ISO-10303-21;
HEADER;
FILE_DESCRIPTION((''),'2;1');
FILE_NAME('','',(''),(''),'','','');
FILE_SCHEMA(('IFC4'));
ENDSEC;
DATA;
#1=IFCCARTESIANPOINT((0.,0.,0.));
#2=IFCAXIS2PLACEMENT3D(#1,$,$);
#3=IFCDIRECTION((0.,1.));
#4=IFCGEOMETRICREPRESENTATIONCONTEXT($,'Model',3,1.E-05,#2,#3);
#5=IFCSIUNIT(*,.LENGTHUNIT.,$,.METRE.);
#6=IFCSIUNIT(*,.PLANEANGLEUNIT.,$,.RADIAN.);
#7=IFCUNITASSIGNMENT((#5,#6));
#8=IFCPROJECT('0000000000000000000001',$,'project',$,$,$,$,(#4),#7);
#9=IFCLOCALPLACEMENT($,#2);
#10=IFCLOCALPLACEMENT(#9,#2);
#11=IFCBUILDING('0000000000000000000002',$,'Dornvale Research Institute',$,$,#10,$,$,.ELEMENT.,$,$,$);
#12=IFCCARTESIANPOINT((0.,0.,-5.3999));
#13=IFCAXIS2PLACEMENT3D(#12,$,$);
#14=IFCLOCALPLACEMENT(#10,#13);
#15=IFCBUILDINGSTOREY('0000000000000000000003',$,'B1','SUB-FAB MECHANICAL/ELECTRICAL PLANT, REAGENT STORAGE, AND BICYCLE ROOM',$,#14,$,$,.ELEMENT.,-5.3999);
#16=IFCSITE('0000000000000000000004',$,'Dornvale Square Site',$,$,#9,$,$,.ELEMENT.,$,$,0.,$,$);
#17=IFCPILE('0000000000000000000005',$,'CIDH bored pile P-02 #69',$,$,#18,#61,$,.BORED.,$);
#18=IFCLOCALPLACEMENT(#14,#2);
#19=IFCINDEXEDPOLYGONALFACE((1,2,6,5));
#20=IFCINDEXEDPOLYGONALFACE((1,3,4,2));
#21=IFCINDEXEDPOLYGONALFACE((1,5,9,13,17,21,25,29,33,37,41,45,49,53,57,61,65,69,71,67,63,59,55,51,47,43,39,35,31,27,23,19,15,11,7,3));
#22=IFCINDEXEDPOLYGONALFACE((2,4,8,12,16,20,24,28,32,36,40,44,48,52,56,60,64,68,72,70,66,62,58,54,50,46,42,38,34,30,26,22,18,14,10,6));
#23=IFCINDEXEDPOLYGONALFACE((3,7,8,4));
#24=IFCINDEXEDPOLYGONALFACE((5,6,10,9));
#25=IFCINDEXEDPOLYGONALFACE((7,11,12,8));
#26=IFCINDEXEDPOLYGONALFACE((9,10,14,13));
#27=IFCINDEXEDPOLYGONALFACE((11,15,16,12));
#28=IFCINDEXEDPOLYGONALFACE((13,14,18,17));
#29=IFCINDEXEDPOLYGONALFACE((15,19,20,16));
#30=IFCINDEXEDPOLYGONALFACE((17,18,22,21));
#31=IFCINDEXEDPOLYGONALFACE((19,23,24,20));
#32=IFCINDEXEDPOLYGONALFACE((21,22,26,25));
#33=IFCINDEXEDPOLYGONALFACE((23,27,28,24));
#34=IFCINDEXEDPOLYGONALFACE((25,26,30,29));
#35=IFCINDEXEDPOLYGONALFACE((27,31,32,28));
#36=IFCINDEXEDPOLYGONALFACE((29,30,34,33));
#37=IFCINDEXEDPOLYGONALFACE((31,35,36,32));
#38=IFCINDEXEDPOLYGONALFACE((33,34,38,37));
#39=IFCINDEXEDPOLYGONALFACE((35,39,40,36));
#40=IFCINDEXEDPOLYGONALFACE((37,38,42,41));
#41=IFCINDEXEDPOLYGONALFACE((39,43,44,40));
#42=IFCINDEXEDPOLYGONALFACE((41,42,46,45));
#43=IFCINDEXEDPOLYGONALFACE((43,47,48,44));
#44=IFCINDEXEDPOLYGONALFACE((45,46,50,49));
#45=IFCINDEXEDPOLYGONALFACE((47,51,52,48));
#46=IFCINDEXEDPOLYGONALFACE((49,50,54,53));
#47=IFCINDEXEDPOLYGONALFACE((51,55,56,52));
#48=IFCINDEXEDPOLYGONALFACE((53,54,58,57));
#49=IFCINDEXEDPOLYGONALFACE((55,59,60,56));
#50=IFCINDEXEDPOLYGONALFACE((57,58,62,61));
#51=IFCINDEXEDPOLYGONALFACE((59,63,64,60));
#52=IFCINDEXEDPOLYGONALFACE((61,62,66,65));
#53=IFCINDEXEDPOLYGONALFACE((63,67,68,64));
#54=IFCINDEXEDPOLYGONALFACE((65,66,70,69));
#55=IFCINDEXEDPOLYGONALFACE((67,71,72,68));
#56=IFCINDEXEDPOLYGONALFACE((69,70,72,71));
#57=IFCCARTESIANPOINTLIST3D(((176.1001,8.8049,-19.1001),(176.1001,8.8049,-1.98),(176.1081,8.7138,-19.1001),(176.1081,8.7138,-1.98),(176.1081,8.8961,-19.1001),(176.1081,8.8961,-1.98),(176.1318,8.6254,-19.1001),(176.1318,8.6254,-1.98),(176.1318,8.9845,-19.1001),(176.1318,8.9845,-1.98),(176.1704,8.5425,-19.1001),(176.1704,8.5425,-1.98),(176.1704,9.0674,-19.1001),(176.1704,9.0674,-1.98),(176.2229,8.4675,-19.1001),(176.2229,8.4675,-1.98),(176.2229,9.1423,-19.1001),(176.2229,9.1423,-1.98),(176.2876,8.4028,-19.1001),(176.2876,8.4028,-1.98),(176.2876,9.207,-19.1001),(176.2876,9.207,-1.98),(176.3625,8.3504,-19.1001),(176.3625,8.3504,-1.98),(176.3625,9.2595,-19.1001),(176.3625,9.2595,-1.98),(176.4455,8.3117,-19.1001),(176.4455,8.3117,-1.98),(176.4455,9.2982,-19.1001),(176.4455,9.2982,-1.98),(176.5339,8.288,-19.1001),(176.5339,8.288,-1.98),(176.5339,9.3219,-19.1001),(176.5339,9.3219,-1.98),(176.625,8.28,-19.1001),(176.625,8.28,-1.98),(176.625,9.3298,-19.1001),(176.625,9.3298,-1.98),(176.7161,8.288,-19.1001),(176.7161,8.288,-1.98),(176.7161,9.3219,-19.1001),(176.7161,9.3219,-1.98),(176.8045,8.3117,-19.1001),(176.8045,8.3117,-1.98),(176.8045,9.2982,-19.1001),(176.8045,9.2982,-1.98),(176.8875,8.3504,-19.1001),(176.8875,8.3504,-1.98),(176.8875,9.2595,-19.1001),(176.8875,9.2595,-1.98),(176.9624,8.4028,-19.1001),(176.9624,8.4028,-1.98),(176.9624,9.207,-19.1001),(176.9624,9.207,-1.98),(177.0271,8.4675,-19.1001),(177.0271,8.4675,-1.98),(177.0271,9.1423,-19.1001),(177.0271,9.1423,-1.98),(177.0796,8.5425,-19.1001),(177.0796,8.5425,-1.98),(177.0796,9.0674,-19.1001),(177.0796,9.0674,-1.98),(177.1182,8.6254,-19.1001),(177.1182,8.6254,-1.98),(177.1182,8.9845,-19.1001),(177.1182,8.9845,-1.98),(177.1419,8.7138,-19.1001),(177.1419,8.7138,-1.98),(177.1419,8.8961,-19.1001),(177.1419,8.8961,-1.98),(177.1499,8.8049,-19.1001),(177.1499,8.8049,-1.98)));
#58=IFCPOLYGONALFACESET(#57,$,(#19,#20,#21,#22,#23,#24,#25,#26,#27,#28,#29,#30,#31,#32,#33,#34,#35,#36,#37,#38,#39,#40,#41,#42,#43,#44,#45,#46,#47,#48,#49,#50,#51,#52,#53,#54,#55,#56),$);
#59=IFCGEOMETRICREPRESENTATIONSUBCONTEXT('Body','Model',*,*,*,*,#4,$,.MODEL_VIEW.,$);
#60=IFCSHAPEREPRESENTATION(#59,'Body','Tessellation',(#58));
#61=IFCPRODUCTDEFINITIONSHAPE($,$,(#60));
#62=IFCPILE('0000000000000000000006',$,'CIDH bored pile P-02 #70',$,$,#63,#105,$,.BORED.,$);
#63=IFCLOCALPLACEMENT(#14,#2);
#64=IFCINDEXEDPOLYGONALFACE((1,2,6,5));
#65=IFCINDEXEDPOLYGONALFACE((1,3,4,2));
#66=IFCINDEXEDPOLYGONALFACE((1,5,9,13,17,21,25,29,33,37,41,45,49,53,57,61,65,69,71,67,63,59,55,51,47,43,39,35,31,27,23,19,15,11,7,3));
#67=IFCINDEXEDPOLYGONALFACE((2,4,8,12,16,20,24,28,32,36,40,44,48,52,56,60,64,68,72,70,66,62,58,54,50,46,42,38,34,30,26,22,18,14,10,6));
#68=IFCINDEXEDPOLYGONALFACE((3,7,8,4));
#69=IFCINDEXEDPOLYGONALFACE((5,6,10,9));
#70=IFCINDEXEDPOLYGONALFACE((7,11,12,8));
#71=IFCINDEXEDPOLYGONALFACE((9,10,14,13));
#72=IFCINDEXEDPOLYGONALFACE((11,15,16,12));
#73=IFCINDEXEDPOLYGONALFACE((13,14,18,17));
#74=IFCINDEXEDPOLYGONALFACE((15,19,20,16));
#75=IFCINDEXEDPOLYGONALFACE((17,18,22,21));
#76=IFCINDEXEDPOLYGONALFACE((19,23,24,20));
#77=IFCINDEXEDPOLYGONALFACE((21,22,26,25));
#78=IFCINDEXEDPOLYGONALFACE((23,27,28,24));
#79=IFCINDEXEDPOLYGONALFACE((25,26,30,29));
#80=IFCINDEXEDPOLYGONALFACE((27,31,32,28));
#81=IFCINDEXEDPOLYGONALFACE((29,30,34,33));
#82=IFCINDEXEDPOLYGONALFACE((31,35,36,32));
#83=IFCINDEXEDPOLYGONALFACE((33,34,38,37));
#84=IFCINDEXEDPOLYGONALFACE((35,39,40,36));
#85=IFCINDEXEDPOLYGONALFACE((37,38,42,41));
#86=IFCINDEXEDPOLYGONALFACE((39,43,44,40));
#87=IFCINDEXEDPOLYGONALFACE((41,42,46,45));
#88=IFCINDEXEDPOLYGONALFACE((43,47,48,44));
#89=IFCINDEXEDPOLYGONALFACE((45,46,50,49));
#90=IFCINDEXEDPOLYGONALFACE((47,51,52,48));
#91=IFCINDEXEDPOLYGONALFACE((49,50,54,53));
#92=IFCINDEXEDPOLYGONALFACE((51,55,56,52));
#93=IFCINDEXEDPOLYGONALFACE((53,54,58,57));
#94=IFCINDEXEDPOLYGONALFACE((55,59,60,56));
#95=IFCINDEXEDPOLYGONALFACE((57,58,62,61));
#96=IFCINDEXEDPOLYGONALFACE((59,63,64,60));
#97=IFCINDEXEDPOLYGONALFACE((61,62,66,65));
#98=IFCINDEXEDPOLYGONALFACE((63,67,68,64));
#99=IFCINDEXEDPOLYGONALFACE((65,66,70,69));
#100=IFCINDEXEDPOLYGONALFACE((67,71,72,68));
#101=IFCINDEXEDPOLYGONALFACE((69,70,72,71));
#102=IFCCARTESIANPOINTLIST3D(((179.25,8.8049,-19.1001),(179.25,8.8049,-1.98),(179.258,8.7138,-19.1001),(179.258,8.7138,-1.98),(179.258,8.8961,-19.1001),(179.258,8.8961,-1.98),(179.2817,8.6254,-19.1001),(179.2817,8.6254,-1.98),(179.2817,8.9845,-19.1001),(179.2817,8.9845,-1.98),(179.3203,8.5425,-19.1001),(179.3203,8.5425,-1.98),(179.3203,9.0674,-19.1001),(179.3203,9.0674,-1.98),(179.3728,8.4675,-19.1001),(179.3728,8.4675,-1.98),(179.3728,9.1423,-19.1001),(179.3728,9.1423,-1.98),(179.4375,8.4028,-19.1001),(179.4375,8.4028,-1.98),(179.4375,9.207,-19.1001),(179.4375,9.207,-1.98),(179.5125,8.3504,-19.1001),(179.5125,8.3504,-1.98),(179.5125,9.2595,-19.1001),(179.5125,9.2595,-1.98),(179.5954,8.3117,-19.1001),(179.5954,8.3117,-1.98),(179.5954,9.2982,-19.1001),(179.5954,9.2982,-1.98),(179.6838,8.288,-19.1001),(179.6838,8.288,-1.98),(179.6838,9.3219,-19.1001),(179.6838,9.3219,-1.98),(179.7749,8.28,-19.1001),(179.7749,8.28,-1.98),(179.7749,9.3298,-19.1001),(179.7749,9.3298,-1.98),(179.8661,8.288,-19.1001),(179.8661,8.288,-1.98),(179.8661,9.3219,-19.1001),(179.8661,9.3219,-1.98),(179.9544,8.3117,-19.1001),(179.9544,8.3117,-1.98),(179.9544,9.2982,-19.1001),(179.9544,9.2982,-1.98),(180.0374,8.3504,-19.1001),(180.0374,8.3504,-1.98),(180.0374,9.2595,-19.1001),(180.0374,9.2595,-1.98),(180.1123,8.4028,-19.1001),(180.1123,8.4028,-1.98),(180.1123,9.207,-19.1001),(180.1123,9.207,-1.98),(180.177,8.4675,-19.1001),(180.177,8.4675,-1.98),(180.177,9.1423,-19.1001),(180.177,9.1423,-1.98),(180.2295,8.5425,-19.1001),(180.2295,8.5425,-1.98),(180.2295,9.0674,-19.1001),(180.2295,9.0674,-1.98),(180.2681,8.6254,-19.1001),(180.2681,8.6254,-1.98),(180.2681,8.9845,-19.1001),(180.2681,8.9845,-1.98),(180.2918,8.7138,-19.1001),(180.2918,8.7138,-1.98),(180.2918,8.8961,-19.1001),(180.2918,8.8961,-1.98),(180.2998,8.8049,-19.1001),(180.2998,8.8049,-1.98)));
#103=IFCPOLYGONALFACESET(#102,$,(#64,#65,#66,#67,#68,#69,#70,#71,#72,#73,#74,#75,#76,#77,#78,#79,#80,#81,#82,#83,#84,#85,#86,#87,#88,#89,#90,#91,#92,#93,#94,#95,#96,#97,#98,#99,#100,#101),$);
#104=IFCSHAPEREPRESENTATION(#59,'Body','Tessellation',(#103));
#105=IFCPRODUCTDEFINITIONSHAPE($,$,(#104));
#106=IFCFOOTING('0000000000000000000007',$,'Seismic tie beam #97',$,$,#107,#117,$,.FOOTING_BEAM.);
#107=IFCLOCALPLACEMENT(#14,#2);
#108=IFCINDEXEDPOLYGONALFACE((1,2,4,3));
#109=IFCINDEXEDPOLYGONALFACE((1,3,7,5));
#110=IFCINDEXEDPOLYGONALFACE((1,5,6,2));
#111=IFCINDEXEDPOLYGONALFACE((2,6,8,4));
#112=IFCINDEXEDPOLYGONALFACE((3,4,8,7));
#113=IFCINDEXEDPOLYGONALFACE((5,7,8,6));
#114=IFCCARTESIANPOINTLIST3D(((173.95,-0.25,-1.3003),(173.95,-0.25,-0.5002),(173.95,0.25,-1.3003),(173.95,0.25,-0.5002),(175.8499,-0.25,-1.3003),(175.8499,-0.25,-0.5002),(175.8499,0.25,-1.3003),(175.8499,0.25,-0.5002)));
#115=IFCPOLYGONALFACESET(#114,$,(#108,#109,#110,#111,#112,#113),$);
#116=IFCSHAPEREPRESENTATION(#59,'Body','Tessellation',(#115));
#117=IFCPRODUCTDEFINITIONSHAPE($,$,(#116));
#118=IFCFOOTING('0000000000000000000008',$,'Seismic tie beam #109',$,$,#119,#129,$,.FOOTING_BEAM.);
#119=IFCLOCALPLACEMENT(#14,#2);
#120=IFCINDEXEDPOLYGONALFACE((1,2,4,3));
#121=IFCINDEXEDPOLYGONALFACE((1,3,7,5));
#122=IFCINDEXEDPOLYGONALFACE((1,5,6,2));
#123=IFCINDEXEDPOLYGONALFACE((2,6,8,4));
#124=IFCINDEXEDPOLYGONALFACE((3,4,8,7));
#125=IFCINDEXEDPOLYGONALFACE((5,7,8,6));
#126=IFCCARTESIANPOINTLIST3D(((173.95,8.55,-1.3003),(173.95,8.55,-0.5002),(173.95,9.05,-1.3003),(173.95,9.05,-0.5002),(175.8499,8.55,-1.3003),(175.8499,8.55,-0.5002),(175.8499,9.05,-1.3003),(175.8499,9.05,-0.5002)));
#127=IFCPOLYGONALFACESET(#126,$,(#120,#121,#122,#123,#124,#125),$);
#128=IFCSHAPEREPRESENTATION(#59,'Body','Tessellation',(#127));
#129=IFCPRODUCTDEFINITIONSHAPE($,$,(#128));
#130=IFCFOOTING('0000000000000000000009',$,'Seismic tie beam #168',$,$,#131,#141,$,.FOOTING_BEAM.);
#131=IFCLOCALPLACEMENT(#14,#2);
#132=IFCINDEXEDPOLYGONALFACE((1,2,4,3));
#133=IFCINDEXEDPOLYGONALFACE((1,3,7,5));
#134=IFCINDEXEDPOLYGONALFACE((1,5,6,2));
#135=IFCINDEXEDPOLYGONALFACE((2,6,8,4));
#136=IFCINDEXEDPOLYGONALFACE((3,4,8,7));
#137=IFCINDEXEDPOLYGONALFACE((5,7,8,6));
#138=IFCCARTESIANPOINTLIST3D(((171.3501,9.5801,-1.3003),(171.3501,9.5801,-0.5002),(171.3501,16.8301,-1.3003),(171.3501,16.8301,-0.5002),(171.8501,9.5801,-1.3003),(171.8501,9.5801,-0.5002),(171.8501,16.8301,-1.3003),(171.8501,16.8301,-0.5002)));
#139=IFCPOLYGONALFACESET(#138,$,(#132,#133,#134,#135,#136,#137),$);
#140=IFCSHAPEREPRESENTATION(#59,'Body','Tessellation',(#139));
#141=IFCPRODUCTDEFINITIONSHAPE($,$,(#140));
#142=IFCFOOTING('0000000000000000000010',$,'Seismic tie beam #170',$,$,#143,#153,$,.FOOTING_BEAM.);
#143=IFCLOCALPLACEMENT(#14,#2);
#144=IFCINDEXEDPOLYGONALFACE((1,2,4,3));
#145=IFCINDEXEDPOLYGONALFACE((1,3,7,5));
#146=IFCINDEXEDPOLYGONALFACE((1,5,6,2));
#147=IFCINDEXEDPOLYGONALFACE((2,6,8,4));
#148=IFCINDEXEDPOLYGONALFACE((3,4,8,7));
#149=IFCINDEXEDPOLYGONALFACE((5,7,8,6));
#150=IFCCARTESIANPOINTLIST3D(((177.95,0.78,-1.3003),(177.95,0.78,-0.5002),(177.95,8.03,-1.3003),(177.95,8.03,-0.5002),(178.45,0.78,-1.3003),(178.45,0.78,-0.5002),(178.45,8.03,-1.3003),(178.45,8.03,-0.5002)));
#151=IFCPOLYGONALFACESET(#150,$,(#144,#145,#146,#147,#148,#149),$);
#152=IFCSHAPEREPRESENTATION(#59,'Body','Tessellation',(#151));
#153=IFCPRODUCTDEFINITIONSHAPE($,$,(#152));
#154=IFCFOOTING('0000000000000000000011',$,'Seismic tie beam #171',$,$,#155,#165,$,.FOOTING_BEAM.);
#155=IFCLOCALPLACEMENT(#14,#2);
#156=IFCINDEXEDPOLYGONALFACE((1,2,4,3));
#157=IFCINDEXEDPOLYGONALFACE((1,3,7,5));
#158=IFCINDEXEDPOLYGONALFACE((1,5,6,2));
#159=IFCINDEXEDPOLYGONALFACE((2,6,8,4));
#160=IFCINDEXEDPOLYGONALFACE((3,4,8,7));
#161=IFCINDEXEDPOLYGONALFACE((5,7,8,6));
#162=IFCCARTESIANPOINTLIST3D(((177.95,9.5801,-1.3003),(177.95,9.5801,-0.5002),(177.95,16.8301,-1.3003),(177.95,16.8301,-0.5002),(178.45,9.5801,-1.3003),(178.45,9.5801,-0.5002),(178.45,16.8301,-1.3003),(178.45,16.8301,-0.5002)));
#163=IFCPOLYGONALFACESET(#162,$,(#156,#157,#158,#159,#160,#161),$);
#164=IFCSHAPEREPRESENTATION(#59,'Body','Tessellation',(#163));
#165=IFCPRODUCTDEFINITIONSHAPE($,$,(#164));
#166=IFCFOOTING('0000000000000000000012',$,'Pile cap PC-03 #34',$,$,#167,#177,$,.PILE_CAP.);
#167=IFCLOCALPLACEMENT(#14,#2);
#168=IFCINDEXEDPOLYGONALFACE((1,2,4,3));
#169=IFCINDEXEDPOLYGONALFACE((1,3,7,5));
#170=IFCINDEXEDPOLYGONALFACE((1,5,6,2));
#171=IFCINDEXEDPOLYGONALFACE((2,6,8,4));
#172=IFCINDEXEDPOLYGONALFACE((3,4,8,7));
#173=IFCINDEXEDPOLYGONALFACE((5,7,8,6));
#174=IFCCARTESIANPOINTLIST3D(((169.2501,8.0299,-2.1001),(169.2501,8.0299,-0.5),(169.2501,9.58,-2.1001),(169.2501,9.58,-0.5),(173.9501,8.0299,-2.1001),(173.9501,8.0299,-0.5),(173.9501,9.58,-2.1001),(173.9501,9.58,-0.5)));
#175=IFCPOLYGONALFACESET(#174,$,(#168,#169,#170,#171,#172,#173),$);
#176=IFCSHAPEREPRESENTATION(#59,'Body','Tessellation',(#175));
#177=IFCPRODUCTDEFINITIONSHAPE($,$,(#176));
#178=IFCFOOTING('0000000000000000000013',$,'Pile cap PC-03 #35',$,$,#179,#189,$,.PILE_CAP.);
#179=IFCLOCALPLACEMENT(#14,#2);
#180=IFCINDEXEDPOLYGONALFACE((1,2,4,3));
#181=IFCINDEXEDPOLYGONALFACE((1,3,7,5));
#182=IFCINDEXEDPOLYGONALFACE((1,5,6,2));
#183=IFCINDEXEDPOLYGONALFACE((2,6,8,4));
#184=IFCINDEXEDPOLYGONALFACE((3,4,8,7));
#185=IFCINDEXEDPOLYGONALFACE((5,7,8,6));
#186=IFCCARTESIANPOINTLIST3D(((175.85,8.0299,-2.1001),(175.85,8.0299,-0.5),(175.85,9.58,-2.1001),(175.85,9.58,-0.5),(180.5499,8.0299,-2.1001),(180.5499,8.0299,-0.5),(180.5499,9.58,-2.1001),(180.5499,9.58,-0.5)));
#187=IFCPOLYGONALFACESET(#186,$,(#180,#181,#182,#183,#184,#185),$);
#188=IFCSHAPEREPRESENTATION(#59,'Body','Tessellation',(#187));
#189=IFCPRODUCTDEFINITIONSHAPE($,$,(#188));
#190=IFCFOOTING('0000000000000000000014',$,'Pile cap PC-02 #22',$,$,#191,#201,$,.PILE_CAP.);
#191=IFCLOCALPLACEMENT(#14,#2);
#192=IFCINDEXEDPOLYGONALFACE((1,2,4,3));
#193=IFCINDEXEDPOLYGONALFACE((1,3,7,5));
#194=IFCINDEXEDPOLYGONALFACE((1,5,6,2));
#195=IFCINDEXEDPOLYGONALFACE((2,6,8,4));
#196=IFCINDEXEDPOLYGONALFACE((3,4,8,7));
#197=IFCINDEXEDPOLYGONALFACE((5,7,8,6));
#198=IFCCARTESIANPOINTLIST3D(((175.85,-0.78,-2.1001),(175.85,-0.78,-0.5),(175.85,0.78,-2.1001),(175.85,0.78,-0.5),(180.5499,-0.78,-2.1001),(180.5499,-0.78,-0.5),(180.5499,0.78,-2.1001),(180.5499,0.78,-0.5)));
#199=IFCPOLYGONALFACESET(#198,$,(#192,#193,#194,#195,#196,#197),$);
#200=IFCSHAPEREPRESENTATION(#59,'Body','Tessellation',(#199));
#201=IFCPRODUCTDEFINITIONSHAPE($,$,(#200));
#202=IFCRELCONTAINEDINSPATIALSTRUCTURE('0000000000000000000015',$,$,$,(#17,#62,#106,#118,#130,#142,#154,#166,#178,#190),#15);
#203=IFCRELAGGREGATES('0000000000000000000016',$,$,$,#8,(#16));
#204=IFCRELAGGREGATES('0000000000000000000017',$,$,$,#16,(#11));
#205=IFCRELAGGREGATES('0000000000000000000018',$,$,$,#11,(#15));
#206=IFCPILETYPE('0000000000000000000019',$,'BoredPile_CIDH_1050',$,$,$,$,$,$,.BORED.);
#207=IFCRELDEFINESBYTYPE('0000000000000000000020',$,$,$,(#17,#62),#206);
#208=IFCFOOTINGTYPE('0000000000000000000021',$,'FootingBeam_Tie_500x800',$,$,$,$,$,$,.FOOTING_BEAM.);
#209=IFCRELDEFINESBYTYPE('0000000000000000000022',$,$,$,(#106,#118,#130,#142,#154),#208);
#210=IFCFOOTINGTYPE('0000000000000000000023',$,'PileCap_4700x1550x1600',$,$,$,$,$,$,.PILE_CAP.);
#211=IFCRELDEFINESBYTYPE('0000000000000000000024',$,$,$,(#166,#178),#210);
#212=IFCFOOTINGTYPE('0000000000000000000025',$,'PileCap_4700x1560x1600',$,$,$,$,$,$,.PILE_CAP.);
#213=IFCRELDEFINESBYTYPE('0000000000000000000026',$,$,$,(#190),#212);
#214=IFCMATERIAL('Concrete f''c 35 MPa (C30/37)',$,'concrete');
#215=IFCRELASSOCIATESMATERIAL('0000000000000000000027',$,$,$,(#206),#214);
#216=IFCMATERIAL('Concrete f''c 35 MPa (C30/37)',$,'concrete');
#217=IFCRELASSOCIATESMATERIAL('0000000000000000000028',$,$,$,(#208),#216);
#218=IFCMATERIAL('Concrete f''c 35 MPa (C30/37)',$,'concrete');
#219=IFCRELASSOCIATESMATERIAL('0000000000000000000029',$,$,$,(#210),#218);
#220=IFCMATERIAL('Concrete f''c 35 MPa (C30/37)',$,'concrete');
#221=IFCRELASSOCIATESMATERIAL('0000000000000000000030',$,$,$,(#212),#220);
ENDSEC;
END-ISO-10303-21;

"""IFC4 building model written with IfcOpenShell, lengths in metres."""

from ifc_helpers import new_model, si_unit, direction, frame, origin, origin_2d, place, context, subcontext, project, spatial, rectangle, circle, extrude, material, material_profile, profile_set, type_object, element, save


model = new_model("IFC4")

# Units and contexts
model_context = context("Model", 3, precision=1e-05, world=origin(), true_north=direction((0.0, 1.0)))
body_context = subcontext(model_context, "Body", "Model", "MODEL_VIEW")
ifc_project = project(units=[si_unit("LENGTHUNIT", "METRE"), si_unit("PLANEANGLEUNIT", "RADIAN")], contexts=[model_context])

# Site, building, storey
site_placement = place(None, origin())
site = spatial("IfcSite", under=ifc_project, at=site_placement, Name="Dornvale Square Site", CompositionType="ELEMENT", RefElevation=0.0)
building_placement = place(site_placement, origin())
building = spatial("IfcBuilding", under=site, at=building_placement, Name="Dornvale Research Institute", CompositionType="ELEMENT")
storey_placement = place(building_placement, frame((0.0, 0.0, -5.3999)))
storey = spatial("IfcBuildingStorey", under=building, at=storey_placement, Name="B1", Description="SUB-FAB MECHANICAL/ELECTRICAL PLANT, REAGENT STORAGE, AND BICYCLE ROOM", CompositionType="ELEMENT", Elevation=-5.3999)

# Piles
ifc_material_1 = material(Name="Concrete f'c 35 MPa (C30/37)", Category="concrete")
ifc_material_profile_1 = material_profile(ifc_material_1, circle(Radius=0.5249, at=origin_2d()), Name="CIDH PILE D1050")
ifc_profile_set_1 = profile_set([ifc_material_profile_1], Name="Concrete f'c 35 MPa (C30/37)")
pile_type = type_object("IfcPileType", Name="BoredPile_CIDH_1050", PredefinedType="BORED", material=ifc_profile_set_1)
for number, where, z_axis, x_axis, name in (
    (1, (176.625, 8.8049, -1.98), (0.0, 0.0, -1.0), (1.0, 0.0, 0.0), "CIDH bored pile P-02 #69"),
    (2, (179.7749, 8.8049, -1.98), (0.0, 0.0, -1.0), (1.0, 0.0, 0.0), "CIDH bored pile P-02 #70"),
):
    element("IfcPile", number, at=place(storey_placement, frame(where, z_axis=z_axis, x_axis=x_axis)), inside=storey, type_object=pile_type, Name=name, PredefinedType="BORED", context=body_context, shape_type="SweptSolid", body=[
        extrude(circle(Radius=0.5249, at=origin_2d()), origin(), (0.0, 0.0, 1.0), 17.1201),
    ])

# Footings
ifc_material_2 = material(Name="Concrete f'c 35 MPa (C30/37)", Category="concrete")
footing_type_1 = type_object("IfcFootingType", Name="FootingBeam_Tie_500x800", PredefinedType="FOOTING_BEAM", material=ifc_material_2)
for number, where, z_axis, x_axis, name in (
    (3, (174.8999, 0.0, -1.3003), (0.0, 0.0, 1.0), (1.0, 0.0, 0.0), "Seismic tie beam #97"),
    (4, (174.8999, 8.8, -1.3003), (0.0, 0.0, 1.0), (1.0, 0.0, 0.0), "Seismic tie beam #109"),
):
    element("IfcFooting", number, at=place(storey_placement, frame(where, z_axis=z_axis, x_axis=x_axis)), inside=storey, type_object=footing_type_1, Name=name, PredefinedType="FOOTING_BEAM", context=body_context, shape_type="SweptSolid", body=[
        extrude(rectangle(XDim=1.8999, YDim=0.5, at=origin_2d()), origin(), (0.0, 0.0, 1.0), 0.8),
    ])
for number, where, z_axis, x_axis, name in (
    (5, (171.6001, 13.2051, -1.3003), (0.0, 0.0, 1.0), (0.0, 1.0, 0.0), "Seismic tie beam #168"),
    (6, (178.2, 4.405, -1.3003), (0.0, 0.0, 1.0), (0.0, 1.0, 0.0), "Seismic tie beam #170"),
    (7, (178.2, 13.2051, -1.3003), (0.0, 0.0, 1.0), (0.0, 1.0, 0.0), "Seismic tie beam #171"),
):
    element("IfcFooting", number, at=place(storey_placement, frame(where, z_axis=z_axis, x_axis=x_axis)), inside=storey, type_object=footing_type_1, Name=name, PredefinedType="FOOTING_BEAM", context=body_context, shape_type="SweptSolid", body=[
        extrude(rectangle(XDim=7.25, YDim=0.5, at=origin_2d()), origin(), (0.0, 0.0, 1.0), 0.8),
    ])
ifc_material_3 = material(Name="Concrete f'c 35 MPa (C30/37)", Category="concrete")
footing_type_2 = type_object("IfcFootingType", Name="PileCap_4700x1550x1600", PredefinedType="PILE_CAP", material=ifc_material_3)
for number, where, z_axis, x_axis, name in (
    (8, (171.6001, 8.8049, -2.1001), (0.0, 0.0, 1.0), (1.0, 0.0, 0.0), "Pile cap PC-03 #34"),
    (9, (178.2, 8.8049, -2.1001), (0.0, 0.0, 1.0), (1.0, 0.0, 0.0), "Pile cap PC-03 #35"),
):
    element("IfcFooting", number, at=place(storey_placement, frame(where, z_axis=z_axis, x_axis=x_axis)), inside=storey, type_object=footing_type_2, Name=name, PredefinedType="PILE_CAP", context=body_context, shape_type="SweptSolid", body=[
        extrude(rectangle(XDim=4.7, YDim=1.55, at=origin_2d()), origin(), (0.0, 0.0, 1.0), 1.6001),
    ])
ifc_material_4 = material(Name="Concrete f'c 35 MPa (C30/37)", Category="concrete")
footing_type_3 = type_object("IfcFootingType", Name="PileCap_4700x1560x1600", PredefinedType="PILE_CAP", material=ifc_material_4)
footing_placement = place(storey_placement, frame((178.2, 0.0, -2.1001), z_axis=(0.0, 0.0, 1.0), x_axis=(1.0, 0.0, 0.0)))
element("IfcFooting", 10, at=footing_placement, inside=storey, type_object=footing_type_3, Name="Pile cap PC-02 #22", PredefinedType="PILE_CAP", context=body_context, shape_type="SweptSolid", body=[
    extrude(rectangle(XDim=4.7, YDim=1.5601, at=origin_2d()), origin(), (0.0, 0.0, 1.0), 1.6001),
])

save(model, "model.ifc")
